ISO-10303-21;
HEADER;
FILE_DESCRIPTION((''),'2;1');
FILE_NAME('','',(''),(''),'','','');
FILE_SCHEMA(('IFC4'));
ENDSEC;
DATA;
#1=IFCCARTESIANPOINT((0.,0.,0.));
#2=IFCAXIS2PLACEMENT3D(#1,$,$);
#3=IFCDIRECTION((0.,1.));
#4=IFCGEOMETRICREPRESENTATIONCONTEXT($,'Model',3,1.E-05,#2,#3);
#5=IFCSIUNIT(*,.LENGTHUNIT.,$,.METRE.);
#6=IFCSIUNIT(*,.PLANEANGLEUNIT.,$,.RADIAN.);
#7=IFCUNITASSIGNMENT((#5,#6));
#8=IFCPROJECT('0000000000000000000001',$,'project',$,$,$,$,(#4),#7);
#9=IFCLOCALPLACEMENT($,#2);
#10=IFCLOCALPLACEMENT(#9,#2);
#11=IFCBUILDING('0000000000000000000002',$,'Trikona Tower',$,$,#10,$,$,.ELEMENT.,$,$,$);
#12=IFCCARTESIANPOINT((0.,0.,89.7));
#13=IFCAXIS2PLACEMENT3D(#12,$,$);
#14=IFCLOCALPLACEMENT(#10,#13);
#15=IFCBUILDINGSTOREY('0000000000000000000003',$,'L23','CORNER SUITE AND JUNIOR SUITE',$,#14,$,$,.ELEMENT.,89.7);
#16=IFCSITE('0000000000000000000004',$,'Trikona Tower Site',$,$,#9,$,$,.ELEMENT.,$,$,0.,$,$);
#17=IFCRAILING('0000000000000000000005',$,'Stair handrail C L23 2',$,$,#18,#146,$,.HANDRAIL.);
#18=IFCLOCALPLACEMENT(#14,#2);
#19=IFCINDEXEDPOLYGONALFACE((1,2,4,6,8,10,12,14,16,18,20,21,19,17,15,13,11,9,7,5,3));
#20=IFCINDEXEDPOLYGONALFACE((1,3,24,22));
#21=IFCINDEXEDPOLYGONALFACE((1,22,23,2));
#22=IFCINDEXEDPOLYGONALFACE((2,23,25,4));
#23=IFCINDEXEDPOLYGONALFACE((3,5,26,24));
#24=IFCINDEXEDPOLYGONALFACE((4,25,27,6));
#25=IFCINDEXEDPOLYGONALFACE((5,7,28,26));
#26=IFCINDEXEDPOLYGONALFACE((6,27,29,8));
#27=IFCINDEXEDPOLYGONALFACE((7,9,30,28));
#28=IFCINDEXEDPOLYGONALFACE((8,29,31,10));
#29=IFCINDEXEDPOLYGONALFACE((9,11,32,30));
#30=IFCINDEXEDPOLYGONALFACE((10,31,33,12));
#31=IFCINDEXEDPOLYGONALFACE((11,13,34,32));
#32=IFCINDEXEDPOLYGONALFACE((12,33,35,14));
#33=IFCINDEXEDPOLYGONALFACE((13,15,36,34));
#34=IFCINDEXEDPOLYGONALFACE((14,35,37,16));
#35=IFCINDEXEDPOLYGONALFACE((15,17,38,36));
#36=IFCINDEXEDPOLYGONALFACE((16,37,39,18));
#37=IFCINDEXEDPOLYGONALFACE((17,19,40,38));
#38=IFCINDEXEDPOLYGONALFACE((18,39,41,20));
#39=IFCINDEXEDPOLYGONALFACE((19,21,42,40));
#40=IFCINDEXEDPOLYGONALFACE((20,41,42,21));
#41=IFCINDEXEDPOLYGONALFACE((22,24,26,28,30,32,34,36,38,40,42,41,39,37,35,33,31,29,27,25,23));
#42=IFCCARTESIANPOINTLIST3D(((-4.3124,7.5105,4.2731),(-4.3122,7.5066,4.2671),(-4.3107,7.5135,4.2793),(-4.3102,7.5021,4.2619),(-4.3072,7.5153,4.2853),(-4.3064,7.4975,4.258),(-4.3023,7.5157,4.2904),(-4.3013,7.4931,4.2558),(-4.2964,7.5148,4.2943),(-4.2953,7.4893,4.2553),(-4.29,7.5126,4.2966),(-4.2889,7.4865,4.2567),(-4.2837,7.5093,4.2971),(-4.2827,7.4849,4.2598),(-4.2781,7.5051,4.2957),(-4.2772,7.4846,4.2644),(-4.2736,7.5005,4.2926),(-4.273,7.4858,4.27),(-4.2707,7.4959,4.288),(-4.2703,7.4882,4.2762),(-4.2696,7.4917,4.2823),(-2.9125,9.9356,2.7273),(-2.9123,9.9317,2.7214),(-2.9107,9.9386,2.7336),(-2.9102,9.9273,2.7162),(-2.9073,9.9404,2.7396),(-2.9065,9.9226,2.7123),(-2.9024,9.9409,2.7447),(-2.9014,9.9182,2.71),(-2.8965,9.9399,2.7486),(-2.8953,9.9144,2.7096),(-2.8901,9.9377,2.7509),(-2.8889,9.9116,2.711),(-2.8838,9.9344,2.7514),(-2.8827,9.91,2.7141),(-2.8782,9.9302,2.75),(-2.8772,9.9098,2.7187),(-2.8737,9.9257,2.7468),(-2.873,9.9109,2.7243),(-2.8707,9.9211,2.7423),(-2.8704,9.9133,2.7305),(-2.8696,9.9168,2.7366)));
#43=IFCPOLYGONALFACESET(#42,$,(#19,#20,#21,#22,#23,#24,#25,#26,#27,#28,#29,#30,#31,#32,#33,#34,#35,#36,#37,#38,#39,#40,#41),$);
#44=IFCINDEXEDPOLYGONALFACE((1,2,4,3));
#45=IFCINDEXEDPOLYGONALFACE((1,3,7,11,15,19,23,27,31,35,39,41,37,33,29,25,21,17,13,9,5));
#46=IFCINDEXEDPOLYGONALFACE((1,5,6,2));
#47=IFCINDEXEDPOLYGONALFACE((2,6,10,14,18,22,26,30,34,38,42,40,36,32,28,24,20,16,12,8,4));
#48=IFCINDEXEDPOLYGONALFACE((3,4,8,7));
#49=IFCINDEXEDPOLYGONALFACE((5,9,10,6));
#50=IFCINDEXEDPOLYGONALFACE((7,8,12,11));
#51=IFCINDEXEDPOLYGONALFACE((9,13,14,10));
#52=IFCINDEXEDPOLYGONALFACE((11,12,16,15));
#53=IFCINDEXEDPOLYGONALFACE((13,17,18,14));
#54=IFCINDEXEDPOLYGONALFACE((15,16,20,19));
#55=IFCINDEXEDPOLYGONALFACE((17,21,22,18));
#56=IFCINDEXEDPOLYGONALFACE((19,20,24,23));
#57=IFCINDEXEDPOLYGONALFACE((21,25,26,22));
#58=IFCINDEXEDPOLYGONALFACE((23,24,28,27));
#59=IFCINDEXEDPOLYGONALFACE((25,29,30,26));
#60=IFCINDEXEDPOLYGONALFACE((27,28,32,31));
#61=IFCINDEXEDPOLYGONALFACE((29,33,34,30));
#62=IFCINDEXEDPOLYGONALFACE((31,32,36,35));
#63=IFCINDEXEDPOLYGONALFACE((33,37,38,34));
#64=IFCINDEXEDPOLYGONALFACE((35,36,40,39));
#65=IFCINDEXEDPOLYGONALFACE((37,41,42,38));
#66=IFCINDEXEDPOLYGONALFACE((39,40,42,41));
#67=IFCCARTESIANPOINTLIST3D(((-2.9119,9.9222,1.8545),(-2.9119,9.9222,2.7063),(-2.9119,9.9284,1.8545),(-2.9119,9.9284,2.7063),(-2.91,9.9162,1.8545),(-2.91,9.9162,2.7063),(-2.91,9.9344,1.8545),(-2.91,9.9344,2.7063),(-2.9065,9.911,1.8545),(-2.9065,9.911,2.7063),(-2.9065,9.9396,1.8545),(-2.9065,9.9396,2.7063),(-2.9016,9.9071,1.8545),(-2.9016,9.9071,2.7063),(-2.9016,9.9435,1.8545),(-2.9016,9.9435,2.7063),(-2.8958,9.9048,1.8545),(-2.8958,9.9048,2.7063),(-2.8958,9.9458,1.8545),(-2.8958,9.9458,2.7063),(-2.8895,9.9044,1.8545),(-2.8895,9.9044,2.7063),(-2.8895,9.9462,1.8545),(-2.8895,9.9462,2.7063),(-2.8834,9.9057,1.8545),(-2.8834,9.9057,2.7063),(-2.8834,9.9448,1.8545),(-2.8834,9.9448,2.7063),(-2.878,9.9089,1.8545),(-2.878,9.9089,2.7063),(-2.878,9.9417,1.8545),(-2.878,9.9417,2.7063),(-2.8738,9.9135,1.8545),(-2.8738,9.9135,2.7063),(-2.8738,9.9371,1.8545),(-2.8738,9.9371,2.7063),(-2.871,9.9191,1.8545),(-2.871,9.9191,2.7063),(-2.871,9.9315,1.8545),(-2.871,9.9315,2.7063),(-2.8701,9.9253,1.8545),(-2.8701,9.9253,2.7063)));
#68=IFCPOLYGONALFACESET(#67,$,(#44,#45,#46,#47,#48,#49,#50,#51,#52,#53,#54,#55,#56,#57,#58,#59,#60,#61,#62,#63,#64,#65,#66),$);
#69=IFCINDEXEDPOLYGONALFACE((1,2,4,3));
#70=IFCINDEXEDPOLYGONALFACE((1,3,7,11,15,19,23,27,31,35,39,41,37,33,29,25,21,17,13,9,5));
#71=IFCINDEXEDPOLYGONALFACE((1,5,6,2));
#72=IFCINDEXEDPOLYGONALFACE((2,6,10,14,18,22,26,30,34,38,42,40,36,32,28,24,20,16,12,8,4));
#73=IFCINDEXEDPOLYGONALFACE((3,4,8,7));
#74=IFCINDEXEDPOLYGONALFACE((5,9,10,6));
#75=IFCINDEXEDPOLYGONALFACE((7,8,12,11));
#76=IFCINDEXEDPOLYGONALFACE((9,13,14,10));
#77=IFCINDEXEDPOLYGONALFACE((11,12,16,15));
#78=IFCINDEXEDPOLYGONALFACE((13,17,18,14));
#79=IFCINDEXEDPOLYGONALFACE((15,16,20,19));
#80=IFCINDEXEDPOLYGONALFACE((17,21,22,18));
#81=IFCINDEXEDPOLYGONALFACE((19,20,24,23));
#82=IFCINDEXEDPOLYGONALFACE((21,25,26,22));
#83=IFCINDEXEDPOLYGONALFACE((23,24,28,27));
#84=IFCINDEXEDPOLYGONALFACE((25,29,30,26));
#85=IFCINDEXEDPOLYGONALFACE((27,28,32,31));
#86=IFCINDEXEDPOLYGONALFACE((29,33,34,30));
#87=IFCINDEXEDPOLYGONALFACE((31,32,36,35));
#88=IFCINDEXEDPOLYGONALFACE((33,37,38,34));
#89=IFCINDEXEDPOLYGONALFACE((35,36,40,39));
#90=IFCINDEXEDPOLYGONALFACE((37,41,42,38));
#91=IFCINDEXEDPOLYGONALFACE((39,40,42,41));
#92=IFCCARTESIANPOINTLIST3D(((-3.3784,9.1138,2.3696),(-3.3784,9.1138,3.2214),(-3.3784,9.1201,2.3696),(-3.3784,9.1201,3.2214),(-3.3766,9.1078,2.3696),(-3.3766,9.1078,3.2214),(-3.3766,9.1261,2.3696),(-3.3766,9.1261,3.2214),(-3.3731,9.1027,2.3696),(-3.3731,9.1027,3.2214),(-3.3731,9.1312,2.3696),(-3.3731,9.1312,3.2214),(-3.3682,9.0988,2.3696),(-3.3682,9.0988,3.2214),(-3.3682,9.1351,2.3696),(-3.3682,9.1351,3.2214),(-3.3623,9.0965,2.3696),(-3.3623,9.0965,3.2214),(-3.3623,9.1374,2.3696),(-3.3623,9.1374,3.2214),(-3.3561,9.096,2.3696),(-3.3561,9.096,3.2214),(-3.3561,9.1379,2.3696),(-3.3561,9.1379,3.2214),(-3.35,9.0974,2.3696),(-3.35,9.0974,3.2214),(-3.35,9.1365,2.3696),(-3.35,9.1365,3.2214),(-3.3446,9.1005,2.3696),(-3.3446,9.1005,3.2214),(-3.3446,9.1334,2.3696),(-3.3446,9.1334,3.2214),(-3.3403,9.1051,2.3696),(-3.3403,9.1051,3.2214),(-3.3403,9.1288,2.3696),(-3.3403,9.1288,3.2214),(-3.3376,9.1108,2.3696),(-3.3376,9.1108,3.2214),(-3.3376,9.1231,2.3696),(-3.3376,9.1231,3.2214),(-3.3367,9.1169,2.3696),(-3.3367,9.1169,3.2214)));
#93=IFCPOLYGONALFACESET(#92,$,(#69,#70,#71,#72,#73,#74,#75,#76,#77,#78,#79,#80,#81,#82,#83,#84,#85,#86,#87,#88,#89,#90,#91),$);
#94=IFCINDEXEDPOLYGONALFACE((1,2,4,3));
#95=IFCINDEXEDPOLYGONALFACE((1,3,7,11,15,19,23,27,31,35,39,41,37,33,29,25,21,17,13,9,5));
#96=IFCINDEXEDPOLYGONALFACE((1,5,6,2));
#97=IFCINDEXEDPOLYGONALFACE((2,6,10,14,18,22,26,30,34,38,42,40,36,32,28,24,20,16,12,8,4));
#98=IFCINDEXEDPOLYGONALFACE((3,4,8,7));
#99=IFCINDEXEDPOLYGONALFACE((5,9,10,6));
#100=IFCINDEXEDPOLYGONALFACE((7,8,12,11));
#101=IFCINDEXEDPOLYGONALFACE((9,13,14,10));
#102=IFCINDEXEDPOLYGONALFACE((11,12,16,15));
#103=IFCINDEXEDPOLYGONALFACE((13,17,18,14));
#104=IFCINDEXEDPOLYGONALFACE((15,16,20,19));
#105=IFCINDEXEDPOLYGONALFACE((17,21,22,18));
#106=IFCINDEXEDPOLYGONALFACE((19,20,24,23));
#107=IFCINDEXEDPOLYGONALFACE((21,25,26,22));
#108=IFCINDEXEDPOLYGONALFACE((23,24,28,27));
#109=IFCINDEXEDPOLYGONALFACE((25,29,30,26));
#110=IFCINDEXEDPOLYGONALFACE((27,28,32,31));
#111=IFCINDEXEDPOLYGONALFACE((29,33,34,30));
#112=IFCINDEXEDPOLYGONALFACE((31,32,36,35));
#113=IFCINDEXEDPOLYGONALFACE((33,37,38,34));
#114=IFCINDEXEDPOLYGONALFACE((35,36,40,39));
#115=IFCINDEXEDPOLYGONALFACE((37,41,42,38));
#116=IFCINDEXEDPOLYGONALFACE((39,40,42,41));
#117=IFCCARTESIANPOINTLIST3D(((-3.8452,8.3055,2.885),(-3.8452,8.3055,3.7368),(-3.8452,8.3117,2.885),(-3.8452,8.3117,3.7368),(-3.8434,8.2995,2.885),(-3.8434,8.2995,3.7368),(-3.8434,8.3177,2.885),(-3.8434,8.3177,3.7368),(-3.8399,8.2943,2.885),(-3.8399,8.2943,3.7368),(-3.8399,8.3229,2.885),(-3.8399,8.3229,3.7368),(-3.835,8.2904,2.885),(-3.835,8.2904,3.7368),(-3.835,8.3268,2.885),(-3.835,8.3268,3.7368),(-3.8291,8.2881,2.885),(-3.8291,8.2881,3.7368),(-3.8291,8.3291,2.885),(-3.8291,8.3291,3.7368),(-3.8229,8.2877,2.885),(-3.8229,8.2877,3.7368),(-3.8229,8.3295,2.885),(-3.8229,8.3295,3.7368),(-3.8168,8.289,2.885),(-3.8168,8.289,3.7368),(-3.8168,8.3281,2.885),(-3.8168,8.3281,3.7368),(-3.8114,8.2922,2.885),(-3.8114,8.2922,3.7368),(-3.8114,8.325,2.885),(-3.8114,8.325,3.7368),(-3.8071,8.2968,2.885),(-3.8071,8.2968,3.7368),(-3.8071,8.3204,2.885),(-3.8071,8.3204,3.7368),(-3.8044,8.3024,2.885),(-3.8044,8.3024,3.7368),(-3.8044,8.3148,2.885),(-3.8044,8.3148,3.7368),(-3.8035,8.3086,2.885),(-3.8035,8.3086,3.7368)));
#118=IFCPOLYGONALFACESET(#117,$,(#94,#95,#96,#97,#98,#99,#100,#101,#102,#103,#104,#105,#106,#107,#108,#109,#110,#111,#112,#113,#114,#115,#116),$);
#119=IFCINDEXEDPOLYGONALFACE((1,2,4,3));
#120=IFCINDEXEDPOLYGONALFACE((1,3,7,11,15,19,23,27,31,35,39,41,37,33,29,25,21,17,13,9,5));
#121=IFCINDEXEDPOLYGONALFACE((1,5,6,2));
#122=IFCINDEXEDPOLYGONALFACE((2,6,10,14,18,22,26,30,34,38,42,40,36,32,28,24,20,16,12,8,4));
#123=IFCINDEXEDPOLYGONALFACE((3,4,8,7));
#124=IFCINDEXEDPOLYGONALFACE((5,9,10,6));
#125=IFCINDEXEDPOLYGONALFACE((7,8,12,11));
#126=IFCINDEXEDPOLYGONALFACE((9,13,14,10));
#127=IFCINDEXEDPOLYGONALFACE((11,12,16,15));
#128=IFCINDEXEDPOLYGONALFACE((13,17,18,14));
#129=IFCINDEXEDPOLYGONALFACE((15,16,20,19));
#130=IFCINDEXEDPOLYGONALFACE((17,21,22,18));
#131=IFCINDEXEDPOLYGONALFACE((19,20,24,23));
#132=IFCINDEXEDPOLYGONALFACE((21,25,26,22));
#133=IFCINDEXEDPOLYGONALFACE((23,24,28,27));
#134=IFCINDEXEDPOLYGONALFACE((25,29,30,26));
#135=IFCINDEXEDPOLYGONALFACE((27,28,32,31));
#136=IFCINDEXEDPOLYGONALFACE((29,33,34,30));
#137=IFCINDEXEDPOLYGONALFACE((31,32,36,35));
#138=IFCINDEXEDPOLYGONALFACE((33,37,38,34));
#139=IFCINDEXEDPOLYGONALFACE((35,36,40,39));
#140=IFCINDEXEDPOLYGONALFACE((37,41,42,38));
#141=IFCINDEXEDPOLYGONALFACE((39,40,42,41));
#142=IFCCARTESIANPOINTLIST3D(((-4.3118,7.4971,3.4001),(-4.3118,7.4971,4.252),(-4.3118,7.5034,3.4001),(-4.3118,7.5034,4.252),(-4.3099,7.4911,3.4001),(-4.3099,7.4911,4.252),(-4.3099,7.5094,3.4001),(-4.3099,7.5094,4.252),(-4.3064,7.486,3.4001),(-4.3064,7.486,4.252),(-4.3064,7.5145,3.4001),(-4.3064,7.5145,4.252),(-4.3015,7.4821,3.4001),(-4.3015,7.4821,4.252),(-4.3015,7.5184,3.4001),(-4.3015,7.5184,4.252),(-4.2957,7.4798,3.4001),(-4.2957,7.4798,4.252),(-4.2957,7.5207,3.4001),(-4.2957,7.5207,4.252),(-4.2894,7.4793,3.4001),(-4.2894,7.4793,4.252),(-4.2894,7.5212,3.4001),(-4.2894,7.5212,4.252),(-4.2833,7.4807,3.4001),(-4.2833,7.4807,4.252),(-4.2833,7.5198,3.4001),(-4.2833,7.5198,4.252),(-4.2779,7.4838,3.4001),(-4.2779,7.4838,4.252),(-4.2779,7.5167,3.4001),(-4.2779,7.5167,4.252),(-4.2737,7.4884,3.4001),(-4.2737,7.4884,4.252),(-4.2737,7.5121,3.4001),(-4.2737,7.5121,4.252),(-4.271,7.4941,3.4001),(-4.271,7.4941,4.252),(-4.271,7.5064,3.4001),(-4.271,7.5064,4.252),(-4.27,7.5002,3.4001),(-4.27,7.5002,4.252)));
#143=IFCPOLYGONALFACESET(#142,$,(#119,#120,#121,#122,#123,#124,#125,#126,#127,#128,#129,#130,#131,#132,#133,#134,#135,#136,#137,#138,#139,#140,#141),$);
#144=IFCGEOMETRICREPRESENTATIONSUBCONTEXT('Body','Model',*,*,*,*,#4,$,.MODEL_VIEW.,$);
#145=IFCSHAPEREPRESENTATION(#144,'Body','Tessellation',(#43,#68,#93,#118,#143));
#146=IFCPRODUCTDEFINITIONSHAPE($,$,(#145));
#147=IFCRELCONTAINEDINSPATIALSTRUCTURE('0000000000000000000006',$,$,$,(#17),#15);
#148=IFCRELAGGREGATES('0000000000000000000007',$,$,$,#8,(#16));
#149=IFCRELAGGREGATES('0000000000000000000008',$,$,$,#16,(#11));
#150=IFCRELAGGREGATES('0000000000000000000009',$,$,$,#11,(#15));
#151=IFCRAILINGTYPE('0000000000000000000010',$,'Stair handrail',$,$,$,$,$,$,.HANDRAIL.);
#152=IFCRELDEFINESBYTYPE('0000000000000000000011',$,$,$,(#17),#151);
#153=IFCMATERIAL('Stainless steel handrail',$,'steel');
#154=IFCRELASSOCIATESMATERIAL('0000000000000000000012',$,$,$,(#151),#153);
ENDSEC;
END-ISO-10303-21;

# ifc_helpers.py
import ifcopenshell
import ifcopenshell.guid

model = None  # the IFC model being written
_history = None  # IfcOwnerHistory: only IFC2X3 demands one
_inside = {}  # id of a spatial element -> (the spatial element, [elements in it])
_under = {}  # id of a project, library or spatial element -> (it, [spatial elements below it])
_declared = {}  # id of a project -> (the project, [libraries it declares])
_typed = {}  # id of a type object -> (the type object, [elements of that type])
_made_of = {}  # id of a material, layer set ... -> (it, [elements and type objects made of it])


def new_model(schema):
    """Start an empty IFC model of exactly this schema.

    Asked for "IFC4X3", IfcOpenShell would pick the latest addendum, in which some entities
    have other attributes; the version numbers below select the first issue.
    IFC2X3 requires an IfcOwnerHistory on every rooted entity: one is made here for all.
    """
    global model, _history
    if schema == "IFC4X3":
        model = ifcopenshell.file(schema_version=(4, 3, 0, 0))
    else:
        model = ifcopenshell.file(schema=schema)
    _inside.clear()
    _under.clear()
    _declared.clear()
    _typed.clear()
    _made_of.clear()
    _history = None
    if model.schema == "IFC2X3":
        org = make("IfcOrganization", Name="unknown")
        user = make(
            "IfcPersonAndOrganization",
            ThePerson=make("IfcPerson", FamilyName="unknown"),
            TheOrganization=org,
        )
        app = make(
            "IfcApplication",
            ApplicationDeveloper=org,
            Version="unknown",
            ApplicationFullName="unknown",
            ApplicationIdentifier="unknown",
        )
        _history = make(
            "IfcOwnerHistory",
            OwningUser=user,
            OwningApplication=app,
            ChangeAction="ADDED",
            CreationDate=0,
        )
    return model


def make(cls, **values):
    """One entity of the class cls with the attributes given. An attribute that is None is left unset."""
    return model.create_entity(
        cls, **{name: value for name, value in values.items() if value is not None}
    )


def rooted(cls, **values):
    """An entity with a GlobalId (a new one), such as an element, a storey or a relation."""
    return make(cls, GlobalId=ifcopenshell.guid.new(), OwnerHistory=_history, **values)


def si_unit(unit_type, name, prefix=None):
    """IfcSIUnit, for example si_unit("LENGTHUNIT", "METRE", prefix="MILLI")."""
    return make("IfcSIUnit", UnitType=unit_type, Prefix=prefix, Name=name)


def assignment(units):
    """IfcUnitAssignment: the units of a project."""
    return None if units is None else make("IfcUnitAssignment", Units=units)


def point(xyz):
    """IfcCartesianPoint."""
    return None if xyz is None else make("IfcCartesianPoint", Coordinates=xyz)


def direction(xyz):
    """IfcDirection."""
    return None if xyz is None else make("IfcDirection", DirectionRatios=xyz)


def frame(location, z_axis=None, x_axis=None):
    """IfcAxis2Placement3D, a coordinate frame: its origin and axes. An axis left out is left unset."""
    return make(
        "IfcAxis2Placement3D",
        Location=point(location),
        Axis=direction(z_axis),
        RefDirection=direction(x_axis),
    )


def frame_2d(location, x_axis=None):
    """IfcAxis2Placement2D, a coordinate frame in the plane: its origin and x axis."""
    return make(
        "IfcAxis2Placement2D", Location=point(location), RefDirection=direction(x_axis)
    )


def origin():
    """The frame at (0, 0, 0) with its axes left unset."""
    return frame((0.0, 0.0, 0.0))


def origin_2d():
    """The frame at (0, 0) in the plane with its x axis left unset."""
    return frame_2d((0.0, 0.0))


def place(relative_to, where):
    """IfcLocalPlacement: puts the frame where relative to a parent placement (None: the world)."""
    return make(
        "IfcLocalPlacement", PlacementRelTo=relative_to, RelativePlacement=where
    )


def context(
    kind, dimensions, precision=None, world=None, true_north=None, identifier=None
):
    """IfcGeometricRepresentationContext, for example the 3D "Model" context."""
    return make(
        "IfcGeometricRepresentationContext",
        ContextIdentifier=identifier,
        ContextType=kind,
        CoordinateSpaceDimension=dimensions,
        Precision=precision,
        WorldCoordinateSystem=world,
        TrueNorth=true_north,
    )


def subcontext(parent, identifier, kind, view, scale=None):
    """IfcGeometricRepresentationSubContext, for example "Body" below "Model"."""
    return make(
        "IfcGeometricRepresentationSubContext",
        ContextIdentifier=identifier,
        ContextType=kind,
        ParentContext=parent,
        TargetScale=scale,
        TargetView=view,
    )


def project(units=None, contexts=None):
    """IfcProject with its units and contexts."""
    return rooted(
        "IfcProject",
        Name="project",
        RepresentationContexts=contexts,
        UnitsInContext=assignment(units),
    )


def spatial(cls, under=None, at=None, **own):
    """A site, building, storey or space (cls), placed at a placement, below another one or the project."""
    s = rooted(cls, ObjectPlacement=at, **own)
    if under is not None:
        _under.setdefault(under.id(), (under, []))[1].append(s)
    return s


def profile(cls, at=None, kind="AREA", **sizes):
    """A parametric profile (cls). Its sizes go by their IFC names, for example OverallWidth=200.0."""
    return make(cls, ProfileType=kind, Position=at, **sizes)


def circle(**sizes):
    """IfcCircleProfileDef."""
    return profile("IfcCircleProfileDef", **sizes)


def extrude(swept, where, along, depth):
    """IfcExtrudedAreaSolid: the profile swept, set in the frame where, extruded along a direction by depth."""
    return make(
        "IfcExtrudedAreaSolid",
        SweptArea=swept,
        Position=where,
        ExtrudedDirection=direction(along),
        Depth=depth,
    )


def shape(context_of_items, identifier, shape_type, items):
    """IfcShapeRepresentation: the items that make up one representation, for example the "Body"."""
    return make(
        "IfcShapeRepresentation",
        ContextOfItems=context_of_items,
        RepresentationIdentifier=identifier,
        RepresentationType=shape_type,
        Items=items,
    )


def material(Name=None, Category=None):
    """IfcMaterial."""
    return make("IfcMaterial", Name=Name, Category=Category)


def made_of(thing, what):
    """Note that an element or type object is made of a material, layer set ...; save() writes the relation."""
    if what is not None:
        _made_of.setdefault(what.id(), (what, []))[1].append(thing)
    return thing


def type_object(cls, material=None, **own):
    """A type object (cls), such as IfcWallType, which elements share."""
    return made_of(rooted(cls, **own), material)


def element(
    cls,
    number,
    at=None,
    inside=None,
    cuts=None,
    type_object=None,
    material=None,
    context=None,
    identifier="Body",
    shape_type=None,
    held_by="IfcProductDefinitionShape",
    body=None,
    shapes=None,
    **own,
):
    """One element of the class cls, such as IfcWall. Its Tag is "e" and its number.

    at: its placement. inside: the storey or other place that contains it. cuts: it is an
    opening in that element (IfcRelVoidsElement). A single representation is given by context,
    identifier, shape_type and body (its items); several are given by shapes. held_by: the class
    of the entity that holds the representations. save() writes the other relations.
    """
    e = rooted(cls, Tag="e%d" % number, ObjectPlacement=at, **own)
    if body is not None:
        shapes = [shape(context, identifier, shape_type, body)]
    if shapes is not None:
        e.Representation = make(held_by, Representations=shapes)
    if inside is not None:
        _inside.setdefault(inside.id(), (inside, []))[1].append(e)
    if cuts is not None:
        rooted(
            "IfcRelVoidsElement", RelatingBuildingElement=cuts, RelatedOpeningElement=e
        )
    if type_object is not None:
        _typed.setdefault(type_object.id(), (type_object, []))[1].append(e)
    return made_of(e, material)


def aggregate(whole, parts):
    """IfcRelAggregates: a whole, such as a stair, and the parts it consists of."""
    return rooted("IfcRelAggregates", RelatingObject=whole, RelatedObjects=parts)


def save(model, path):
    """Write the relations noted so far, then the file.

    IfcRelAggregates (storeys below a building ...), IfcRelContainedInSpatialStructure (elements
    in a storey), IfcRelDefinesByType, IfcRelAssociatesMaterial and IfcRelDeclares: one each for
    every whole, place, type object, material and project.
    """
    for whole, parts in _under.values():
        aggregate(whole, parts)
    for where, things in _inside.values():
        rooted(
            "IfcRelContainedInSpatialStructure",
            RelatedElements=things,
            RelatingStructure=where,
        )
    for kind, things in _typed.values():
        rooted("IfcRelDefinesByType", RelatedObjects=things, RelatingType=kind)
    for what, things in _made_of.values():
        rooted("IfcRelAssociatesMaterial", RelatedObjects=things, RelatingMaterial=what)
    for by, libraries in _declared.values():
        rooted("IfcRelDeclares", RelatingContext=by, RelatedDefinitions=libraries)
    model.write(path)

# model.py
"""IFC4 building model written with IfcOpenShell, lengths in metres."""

from ifc_helpers import new_model, si_unit, direction, frame, origin, origin_2d, place, context, subcontext, project, spatial, circle, extrude, material, type_object, element, save


model = new_model("IFC4")

# Units and contexts
model_context = context("Model", 3, precision=1e-05, world=origin(), true_north=direction((0.0, 1.0)))
body_context = subcontext(model_context, "Body", "Model", "MODEL_VIEW")
ifc_project = project(units=[si_unit("LENGTHUNIT", "METRE"), si_unit("PLANEANGLEUNIT", "RADIAN")], contexts=[model_context])

# Site, building, storey
site_placement = place(None, origin())
site = spatial("IfcSite", under=ifc_project, at=site_placement, Name="Trikona Tower Site", CompositionType="ELEMENT", RefElevation=0.0)
building_placement = place(site_placement, origin())
building = spatial("IfcBuilding", under=site, at=building_placement, Name="Trikona Tower", CompositionType="ELEMENT")
storey_placement = place(building_placement, frame((0.0, 0.0, 89.7)))
storey = spatial("IfcBuildingStorey", under=building, at=storey_placement, Name="L23", Description="CORNER SUITE AND JUNIOR SUITE", CompositionType="ELEMENT", Elevation=89.7)

# Railing
ifc_material_1 = material(Name="Stainless steel handrail", Category="steel")
railing_type = type_object("IfcRailingType", Name="Stair handrail", PredefinedType="HANDRAIL", material=ifc_material_1)
railing_1_placement = place(storey_placement, frame((-2.8911, 9.9253, 1.8545)))
element("IfcRailing", 1, at=railing_1_placement, inside=storey, type_object=railing_type, Name="Stair handrail C L23 2", PredefinedType="HANDRAIL", context=body_context, shape_type="SweptSolid", body=[
    extrude(circle(Radius=0.0239, at=origin_2d()), frame((0.0, 0.0, 0.876), z_axis=(-0.437691, -0.758212, 0.483262), x_axis=(0.866056, -0.499946, 0.0)), (0.0, 0.0, 1.0), 3.1985),
    extrude(circle(Radius=0.021, at=origin_2d()), origin(), (0.0, 0.0, 1.0), 0.8518),
    extrude(circle(Radius=0.021, at=origin_2d()), frame((-0.4666, -0.8083, 0.5151)), (0.0, 0.0, 1.0), 0.8518),
    extrude(circle(Radius=0.021, at=origin_2d()), frame((-0.9333, -1.6167, 1.0305)), (0.0, 0.0, 1.0), 0.8518),
    extrude(circle(Radius=0.021, at=origin_2d()), frame((-1.3999, -2.425, 1.5457)), (0.0, 0.0, 1.0), 0.8518),
])

save(model, "model.ifc")
